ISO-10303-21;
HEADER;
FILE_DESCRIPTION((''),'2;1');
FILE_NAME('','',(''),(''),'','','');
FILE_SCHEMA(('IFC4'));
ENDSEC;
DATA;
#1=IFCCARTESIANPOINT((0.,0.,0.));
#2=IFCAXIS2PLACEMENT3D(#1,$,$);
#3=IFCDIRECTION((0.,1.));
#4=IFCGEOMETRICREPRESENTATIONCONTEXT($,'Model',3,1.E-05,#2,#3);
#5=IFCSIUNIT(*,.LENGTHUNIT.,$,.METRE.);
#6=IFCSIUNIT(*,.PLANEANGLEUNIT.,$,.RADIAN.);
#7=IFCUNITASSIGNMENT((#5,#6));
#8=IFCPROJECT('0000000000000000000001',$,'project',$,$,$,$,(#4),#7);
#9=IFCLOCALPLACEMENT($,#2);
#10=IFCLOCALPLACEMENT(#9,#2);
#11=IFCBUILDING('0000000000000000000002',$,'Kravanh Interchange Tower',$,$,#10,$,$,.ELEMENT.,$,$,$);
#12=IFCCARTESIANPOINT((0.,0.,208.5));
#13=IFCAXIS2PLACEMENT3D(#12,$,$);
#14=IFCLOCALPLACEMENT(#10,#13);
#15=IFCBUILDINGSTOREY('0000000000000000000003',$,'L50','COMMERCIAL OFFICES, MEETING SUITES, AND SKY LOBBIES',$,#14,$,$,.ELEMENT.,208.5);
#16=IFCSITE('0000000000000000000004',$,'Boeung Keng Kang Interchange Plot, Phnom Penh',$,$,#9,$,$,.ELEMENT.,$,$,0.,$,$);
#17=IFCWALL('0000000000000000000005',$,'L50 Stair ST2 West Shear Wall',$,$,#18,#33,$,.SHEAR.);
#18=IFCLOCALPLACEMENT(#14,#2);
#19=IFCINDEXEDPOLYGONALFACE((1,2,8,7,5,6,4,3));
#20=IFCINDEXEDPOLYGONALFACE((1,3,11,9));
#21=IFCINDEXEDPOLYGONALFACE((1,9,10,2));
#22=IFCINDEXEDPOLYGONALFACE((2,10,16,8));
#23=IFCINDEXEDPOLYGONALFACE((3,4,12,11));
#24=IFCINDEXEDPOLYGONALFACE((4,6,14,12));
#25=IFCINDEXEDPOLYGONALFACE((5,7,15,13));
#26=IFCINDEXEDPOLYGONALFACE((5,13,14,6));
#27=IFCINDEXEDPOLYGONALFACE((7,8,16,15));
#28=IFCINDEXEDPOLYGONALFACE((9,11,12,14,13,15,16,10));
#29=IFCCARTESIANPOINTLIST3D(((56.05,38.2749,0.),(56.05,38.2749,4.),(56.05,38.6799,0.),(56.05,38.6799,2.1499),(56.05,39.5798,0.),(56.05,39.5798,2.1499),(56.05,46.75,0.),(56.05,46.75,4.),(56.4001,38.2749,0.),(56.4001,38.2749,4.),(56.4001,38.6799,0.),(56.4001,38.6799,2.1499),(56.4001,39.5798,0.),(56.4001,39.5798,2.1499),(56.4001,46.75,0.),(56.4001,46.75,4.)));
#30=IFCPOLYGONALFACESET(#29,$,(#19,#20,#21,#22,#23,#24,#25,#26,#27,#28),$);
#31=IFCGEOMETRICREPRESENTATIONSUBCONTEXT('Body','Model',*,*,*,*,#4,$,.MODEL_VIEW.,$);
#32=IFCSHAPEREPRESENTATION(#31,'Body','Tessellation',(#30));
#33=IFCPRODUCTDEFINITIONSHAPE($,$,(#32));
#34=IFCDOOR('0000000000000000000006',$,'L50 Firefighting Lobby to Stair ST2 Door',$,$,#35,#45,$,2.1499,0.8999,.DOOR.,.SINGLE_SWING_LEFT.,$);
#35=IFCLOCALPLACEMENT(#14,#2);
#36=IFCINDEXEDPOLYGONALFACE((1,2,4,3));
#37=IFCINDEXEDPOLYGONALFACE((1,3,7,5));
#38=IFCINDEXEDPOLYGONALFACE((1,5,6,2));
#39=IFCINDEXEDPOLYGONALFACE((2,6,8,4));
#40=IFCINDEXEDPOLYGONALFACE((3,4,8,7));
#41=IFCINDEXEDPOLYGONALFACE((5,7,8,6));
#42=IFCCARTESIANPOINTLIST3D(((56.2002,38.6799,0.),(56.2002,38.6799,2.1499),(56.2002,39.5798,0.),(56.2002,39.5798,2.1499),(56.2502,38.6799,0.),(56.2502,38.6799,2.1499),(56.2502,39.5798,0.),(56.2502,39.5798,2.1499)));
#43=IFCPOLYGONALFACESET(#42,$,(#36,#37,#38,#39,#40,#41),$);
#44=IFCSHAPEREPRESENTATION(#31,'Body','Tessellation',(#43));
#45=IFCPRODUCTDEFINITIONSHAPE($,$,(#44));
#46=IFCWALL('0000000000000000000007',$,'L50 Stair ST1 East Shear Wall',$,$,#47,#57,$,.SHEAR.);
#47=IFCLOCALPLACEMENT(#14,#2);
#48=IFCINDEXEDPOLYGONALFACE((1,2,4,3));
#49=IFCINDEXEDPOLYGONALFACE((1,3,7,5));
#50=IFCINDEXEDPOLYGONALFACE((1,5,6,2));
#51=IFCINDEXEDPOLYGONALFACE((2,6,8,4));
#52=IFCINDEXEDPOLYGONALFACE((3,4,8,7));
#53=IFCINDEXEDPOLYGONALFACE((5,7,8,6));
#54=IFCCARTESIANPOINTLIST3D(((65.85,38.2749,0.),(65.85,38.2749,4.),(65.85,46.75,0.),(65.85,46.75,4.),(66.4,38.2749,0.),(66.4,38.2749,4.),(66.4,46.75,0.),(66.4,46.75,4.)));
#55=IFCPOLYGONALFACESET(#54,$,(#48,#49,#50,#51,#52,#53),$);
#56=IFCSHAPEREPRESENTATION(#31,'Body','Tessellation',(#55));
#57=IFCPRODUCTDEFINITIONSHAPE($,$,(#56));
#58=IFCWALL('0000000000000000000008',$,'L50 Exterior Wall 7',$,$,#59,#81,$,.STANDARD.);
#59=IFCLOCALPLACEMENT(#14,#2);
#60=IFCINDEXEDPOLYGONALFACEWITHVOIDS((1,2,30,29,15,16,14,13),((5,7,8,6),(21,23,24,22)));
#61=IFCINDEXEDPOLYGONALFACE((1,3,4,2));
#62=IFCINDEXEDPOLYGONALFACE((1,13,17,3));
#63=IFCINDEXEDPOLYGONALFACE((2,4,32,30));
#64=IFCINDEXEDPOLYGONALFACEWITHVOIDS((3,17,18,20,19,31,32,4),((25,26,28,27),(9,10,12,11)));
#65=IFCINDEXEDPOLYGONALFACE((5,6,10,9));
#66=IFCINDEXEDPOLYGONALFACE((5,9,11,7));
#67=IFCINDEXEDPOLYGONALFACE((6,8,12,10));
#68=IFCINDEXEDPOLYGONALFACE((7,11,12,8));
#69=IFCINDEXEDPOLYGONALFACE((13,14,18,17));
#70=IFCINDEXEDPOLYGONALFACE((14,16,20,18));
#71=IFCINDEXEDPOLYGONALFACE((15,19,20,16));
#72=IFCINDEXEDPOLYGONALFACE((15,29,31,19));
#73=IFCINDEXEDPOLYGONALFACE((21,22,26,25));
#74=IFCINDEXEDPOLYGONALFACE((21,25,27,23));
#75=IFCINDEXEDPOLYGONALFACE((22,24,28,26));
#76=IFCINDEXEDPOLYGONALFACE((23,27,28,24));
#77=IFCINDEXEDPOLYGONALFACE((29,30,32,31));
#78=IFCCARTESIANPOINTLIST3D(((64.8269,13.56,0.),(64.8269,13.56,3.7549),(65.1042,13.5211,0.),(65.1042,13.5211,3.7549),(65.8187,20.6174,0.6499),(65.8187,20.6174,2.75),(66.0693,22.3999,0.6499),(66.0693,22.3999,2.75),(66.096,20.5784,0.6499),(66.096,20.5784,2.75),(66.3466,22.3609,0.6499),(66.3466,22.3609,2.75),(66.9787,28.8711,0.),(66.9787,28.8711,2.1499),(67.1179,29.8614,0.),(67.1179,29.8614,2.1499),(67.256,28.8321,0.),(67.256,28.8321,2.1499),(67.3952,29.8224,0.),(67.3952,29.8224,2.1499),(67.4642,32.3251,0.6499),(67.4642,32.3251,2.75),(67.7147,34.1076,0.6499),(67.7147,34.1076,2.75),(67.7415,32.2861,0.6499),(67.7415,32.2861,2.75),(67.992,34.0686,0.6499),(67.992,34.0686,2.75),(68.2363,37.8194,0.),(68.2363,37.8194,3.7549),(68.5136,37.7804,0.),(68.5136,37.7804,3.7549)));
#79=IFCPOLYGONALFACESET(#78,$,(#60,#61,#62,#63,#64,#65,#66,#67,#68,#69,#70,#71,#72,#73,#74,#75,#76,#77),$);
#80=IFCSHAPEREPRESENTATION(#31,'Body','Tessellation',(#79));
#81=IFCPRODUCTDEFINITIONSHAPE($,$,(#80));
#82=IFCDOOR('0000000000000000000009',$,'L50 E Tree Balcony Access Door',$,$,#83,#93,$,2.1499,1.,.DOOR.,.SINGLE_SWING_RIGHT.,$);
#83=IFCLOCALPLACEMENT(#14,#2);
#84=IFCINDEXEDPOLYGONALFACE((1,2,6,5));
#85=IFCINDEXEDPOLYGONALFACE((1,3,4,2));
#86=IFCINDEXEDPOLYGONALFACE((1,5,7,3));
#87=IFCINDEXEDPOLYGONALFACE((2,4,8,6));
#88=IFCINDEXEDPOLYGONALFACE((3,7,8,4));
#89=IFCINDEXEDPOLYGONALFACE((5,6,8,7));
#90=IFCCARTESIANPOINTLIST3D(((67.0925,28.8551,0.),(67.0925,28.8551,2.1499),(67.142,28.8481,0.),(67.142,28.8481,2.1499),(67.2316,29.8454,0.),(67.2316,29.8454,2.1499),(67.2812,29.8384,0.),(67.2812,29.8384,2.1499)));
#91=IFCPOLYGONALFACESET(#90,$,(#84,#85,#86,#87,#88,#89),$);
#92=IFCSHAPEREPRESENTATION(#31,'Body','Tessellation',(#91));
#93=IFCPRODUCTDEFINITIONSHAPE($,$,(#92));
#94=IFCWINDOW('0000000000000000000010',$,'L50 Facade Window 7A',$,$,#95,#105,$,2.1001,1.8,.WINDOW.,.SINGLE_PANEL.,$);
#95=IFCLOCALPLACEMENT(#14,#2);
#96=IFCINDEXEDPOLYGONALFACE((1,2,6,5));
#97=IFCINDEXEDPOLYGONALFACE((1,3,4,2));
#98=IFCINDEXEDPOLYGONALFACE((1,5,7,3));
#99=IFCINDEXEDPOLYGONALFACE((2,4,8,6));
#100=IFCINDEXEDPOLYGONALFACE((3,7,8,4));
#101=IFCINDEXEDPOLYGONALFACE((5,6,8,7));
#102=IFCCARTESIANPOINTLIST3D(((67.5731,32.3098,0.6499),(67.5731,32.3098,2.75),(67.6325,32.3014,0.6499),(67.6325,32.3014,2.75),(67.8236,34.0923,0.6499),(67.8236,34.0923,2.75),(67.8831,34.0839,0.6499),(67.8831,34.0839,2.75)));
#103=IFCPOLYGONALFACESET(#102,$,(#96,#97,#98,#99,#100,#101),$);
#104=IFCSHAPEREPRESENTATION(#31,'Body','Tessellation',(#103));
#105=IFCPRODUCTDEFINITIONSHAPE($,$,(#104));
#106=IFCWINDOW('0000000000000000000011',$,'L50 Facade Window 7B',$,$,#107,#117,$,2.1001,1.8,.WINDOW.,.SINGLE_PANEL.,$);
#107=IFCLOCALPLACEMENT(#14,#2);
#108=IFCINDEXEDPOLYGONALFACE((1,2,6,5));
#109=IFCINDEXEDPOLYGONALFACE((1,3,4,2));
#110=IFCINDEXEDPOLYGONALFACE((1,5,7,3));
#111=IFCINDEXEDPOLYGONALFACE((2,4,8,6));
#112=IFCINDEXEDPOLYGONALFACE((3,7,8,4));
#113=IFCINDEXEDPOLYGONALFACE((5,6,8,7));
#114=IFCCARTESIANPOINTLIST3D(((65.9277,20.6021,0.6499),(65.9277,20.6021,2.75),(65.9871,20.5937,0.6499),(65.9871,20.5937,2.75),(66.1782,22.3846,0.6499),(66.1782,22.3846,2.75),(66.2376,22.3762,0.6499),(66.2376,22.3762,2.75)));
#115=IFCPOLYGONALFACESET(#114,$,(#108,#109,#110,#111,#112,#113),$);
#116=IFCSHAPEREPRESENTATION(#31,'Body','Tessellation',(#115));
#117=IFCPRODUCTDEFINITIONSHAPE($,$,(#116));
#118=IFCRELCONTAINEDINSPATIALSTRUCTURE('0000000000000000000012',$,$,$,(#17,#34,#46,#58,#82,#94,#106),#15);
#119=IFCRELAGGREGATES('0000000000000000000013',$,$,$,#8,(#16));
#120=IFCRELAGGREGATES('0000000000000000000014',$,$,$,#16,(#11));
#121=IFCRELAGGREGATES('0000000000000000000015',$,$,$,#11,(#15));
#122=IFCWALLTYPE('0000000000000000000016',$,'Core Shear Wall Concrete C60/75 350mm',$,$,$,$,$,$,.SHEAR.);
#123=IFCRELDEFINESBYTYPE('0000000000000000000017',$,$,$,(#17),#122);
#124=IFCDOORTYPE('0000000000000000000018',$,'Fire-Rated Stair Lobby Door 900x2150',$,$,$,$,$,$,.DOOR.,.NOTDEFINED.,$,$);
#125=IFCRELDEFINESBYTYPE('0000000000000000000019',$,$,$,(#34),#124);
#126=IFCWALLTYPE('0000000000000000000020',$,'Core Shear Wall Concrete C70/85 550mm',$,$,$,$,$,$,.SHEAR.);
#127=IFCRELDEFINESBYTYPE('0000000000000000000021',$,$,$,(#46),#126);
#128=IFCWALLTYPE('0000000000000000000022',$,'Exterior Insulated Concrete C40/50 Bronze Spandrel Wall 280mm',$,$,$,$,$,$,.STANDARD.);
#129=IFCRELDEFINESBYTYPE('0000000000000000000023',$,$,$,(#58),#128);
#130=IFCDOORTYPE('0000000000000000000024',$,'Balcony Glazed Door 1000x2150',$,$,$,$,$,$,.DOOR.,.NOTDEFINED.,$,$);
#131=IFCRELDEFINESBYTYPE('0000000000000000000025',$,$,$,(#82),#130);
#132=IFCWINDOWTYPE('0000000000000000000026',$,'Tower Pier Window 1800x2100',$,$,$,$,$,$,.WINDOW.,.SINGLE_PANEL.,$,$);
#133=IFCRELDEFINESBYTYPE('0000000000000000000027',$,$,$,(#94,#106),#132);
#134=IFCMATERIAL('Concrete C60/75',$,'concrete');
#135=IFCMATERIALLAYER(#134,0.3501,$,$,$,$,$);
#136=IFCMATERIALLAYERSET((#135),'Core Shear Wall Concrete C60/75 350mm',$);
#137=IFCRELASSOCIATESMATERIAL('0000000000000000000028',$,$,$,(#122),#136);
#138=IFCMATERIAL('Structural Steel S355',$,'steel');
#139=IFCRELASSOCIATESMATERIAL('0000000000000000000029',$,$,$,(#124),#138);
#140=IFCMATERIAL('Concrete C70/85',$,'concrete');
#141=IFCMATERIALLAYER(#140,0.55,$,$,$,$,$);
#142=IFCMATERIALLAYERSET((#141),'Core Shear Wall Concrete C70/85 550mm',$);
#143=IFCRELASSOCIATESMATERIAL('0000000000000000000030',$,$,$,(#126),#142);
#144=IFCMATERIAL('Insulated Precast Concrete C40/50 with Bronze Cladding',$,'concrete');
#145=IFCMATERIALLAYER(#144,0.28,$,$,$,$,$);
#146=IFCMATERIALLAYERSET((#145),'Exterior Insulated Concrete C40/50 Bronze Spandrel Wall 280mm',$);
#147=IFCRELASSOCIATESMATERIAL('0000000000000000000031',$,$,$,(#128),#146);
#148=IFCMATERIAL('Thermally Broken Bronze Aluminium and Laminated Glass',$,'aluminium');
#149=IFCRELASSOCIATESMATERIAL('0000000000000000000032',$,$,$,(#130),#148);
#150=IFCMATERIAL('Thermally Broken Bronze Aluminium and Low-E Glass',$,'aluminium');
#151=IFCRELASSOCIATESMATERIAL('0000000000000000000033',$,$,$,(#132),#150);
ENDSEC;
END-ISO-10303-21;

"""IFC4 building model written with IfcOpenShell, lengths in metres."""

from ifc_helpers import new_model, si_unit, direction, frame, frame_2d, origin, place, context, subcontext, project, spatial, rectangle, extrude, material, layer, layer_set, type_object, element, fill, save


model = new_model("IFC4")

# Units and contexts
model_context = context("Model", 3, precision=1e-05, world=origin(), true_north=direction((0.0, 1.0)))
body_context = subcontext(model_context, "Body", "Model", "MODEL_VIEW")
ifc_project = project(units=[si_unit("LENGTHUNIT", "METRE"), si_unit("PLANEANGLEUNIT", "RADIAN")], contexts=[model_context])

# Site, building, storey
site_placement = place(None, origin())
site = spatial("IfcSite", under=ifc_project, at=site_placement, Name="Boeung Keng Kang Interchange Plot, Phnom Penh", CompositionType="ELEMENT", RefElevation=0.0)
building_placement = place(site_placement, origin())
building = spatial("IfcBuilding", under=site, at=building_placement, Name="Kravanh Interchange Tower", CompositionType="ELEMENT")
storey_placement = place(building_placement, frame((0.0, 0.0, 208.5)))
storey = spatial("IfcBuildingStorey", under=building, at=storey_placement, Name="L50", Description="COMMERCIAL OFFICES, MEETING SUITES, AND SKY LOBBIES", CompositionType="ELEMENT", Elevation=208.5)

# Shared definitions
ifc_material_1 = material(Name="Concrete C60/75", Category="concrete")
ifc_layer_1 = layer(ifc_material_1, 0.3501)
ifc_layer_set_1 = layer_set([ifc_layer_1], Name="Core Shear Wall Concrete C60/75 350mm")
wall_type_1 = type_object("IfcWallType", Name="Core Shear Wall Concrete C60/75 350mm", PredefinedType="SHEAR", material=ifc_layer_set_1)

# Wall, opening, door
wall_1_placement = place(storey_placement, frame((56.2251, 38.2749, 0.0), z_axis=(0.0, 0.0, 1.0), x_axis=(0.0, 1.0, 0.0)))
wall_1 = element("IfcWall", 1, at=wall_1_placement, inside=storey, type_object=wall_type_1, Name="L50 Stair ST2 West Shear Wall", PredefinedType="SHEAR", context=body_context, shape_type="SweptSolid", body=[
    extrude(rectangle(XDim=8.4751, YDim=0.3501, at=frame_2d((4.2375, 0.0))), origin(), (0.0, 0.0, 1.0), 4.0),
])
opening_1_placement = place(wall_1_placement, frame((0.405, 0.0, 0.0)))
opening_1 = element("IfcOpeningElement", 2, at=opening_1_placement, cuts=wall_1, PredefinedType="OPENING", context=body_context, shape_type="SweptSolid", body=[
    extrude(rectangle(XDim=0.8999, YDim=2.1499, at=frame_2d((0.45, 1.075))), frame((0.0, 0.1851, 0.0), z_axis=(0.0, -1.0, 0.0), x_axis=(1.0, 0.0, 0.0)), (0.0, 0.0, 1.0), 0.3701),
])
ifc_material_2 = material(Name="Structural Steel S355", Category="steel")
door_type_1 = type_object("IfcDoorType", Name="Fire-Rated Stair Lobby Door 900x2150", OperationType="NOTDEFINED", PredefinedType="DOOR", material=ifc_material_2)
door_1_placement = place(opening_1_placement, origin())
door_1 = element("IfcDoor", 3, at=door_1_placement, inside=storey, type_object=door_type_1, Name="L50 Firefighting Lobby to Stair ST2 Door", OperationType="SINGLE_SWING_LEFT", OverallHeight=2.1499, OverallWidth=0.8999, PredefinedType="DOOR", context=body_context, shape_type="SweptSolid", body=[
    extrude(rectangle(XDim=0.8999, YDim=2.1499, at=frame_2d((0.45, 1.075))), frame((0.0, 0.0249, 0.0), z_axis=(0.0, -1.0, 0.0), x_axis=(1.0, 0.0, 0.0)), (0.0, 0.0, 1.0), 0.05),
])
fill(opening_1, door_1)

# Wall
ifc_material_3 = material(Name="Concrete C70/85", Category="concrete")
ifc_layer_2 = layer(ifc_material_3, 0.55)
ifc_layer_set_2 = layer_set([ifc_layer_2], Name="Core Shear Wall Concrete C70/85 550mm")
wall_type_2 = type_object("IfcWallType", Name="Core Shear Wall Concrete C70/85 550mm", PredefinedType="SHEAR", material=ifc_layer_set_2)
wall_2_placement = place(storey_placement, frame((66.125, 38.2749, 0.0), z_axis=(0.0, 0.0, 1.0), x_axis=(0.0, 1.0, 0.0)))
element("IfcWall", 4, at=wall_2_placement, inside=storey, type_object=wall_type_2, Name="L50 Stair ST1 East Shear Wall", PredefinedType="SHEAR", context=body_context, shape_type="SweptSolid", body=[
    extrude(rectangle(XDim=8.4751, YDim=0.55, at=frame_2d((4.2375, 0.0))), origin(), (0.0, 0.0, 1.0), 4.0),
])

# Wall, openings, door, windows
ifc_material_4 = material(Name="Insulated Precast Concrete C40/50 with Bronze Cladding", Category="concrete")
ifc_layer_3 = layer(ifc_material_4, 0.28)
ifc_layer_set_3 = layer_set([ifc_layer_3], Name="Exterior Insulated Concrete C40/50 Bronze Spandrel Wall 280mm")
wall_type_3 = type_object("IfcWallType", Name="Exterior Insulated Concrete C40/50 Bronze Spandrel Wall 280mm", PredefinedType="STANDARD", material=ifc_layer_set_3)
wall_3_placement = place(storey_placement, frame((68.375, 37.8, 0.0), z_axis=(0.0, 0.0, 1.0), x_axis=(-0.139173, -0.990268, 0.0)))
wall_3 = element("IfcWall", 5, at=wall_3_placement, inside=storey, type_object=wall_type_3, Name="L50 Exterior Wall 7", PredefinedType="STANDARD", context=body_context, shape_type="SweptSolid", body=[
    extrude(rectangle(XDim=24.4978, YDim=0.28, at=frame_2d((12.249, 0.0))), origin(), (0.0, 0.0, 1.0), 3.7549),
])
opening_2_placement = place(wall_3_placement, frame((8.0364, 0.0, 0.0)))
opening_2 = element("IfcOpeningElement", 6, at=opening_2_placement, cuts=wall_3, PredefinedType="OPENING", context=body_context, shape_type="SweptSolid", body=[
    extrude(rectangle(XDim=1.0, YDim=2.1499, at=frame_2d((0.5, 1.075))), frame((0.0, 0.1499, 0.0), z_axis=(0.0, -1.0, 0.0), x_axis=(1.0, 0.0, 0.0)), (0.0, 0.0, 1.0), 0.3),
])
opening_3_placement = place(wall_3_placement, frame((3.7485, 0.0, 0.6499)))
opening_3 = element("IfcOpeningElement", 7, at=opening_3_placement, cuts=wall_3, PredefinedType="OPENING", context=body_context, shape_type="SweptSolid", body=[
    extrude(rectangle(XDim=1.8, YDim=2.1001, at=frame_2d((0.8999, 1.05))), frame((0.0, 0.1499, 0.0), z_axis=(0.0, -1.0, 0.0), x_axis=(1.0, 0.0, 0.0)), (0.0, 0.0, 1.0), 0.3),
])
opening_4_placement = place(wall_3_placement, frame((15.5713, 0.0, 0.6499)))
opening_4 = element("IfcOpeningElement", 8, at=opening_4_placement, cuts=wall_3, PredefinedType="OPENING", context=body_context, shape_type="SweptSolid", body=[
    extrude(rectangle(XDim=1.8, YDim=2.1001, at=frame_2d((0.8999, 1.05))), frame((0.0, 0.1499, 0.0), z_axis=(0.0, -1.0, 0.0), x_axis=(1.0, 0.0, 0.0)), (0.0, 0.0, 1.0), 0.3),
])
ifc_material_5 = material(Name="Thermally Broken Bronze Aluminium and Laminated Glass", Category="aluminium")
door_type_2 = type_object("IfcDoorType", Name="Balcony Glazed Door 1000x2150", OperationType="NOTDEFINED", PredefinedType="DOOR", material=ifc_material_5)
door_2_placement = place(opening_2_placement, origin())
door_2 = element("IfcDoor", 9, at=door_2_placement, inside=storey, type_object=door_type_2, Name="L50 E Tree Balcony Access Door", OperationType="SINGLE_SWING_RIGHT", OverallHeight=2.1499, OverallWidth=1.0, PredefinedType="DOOR", context=body_context, shape_type="SweptSolid", body=[
    extrude(rectangle(XDim=1.0, YDim=2.1499, at=frame_2d((0.5, 1.075))), frame((0.0, 0.0249, 0.0), z_axis=(0.0, -1.0, 0.0), x_axis=(1.0, 0.0, 0.0)), (0.0, 0.0, 1.0), 0.05),
])
fill(opening_2, door_2)
ifc_material_6 = material(Name="Thermally Broken Bronze Aluminium and Low-E Glass", Category="aluminium")
window_type = type_object("IfcWindowType", Name="Tower Pier Window 1800x2100", PartitioningType="SINGLE_PANEL", PredefinedType="WINDOW", material=ifc_material_6)
window_1_placement = place(opening_3_placement, origin())
window_1 = element("IfcWindow", 10, at=window_1_placement, inside=storey, type_object=window_type, Name="L50 Facade Window 7A", OverallHeight=2.1001, OverallWidth=1.8, PartitioningType="SINGLE_PANEL", PredefinedType="WINDOW", context=body_context, shape_type="SweptSolid", body=[
    extrude(rectangle(XDim=1.8, YDim=2.1001, at=frame_2d((0.8999, 1.05))), frame((0.0, 0.03, 0.0), z_axis=(0.0, -1.0, 0.0), x_axis=(1.0, 0.0, 0.0)), (0.0, 0.0, 1.0), 0.0601),
])
fill(opening_3, window_1)
window_2_placement = place(opening_4_placement, origin())
window_2 = element("IfcWindow", 11, at=window_2_placement, inside=storey, type_object=window_type, Name="L50 Facade Window 7B", OverallHeight=2.1001, OverallWidth=1.8, PartitioningType="SINGLE_PANEL", PredefinedType="WINDOW", context=body_context, shape_type="SweptSolid", body=[
    extrude(rectangle(XDim=1.8, YDim=2.1001, at=frame_2d((0.8999, 1.05))), frame((0.0, 0.03, 0.0), z_axis=(0.0, -1.0, 0.0), x_axis=(1.0, 0.0, 0.0)), (0.0, 0.0, 1.0), 0.0601),
])
fill(opening_4, window_2)

save(model, "model.ifc")
